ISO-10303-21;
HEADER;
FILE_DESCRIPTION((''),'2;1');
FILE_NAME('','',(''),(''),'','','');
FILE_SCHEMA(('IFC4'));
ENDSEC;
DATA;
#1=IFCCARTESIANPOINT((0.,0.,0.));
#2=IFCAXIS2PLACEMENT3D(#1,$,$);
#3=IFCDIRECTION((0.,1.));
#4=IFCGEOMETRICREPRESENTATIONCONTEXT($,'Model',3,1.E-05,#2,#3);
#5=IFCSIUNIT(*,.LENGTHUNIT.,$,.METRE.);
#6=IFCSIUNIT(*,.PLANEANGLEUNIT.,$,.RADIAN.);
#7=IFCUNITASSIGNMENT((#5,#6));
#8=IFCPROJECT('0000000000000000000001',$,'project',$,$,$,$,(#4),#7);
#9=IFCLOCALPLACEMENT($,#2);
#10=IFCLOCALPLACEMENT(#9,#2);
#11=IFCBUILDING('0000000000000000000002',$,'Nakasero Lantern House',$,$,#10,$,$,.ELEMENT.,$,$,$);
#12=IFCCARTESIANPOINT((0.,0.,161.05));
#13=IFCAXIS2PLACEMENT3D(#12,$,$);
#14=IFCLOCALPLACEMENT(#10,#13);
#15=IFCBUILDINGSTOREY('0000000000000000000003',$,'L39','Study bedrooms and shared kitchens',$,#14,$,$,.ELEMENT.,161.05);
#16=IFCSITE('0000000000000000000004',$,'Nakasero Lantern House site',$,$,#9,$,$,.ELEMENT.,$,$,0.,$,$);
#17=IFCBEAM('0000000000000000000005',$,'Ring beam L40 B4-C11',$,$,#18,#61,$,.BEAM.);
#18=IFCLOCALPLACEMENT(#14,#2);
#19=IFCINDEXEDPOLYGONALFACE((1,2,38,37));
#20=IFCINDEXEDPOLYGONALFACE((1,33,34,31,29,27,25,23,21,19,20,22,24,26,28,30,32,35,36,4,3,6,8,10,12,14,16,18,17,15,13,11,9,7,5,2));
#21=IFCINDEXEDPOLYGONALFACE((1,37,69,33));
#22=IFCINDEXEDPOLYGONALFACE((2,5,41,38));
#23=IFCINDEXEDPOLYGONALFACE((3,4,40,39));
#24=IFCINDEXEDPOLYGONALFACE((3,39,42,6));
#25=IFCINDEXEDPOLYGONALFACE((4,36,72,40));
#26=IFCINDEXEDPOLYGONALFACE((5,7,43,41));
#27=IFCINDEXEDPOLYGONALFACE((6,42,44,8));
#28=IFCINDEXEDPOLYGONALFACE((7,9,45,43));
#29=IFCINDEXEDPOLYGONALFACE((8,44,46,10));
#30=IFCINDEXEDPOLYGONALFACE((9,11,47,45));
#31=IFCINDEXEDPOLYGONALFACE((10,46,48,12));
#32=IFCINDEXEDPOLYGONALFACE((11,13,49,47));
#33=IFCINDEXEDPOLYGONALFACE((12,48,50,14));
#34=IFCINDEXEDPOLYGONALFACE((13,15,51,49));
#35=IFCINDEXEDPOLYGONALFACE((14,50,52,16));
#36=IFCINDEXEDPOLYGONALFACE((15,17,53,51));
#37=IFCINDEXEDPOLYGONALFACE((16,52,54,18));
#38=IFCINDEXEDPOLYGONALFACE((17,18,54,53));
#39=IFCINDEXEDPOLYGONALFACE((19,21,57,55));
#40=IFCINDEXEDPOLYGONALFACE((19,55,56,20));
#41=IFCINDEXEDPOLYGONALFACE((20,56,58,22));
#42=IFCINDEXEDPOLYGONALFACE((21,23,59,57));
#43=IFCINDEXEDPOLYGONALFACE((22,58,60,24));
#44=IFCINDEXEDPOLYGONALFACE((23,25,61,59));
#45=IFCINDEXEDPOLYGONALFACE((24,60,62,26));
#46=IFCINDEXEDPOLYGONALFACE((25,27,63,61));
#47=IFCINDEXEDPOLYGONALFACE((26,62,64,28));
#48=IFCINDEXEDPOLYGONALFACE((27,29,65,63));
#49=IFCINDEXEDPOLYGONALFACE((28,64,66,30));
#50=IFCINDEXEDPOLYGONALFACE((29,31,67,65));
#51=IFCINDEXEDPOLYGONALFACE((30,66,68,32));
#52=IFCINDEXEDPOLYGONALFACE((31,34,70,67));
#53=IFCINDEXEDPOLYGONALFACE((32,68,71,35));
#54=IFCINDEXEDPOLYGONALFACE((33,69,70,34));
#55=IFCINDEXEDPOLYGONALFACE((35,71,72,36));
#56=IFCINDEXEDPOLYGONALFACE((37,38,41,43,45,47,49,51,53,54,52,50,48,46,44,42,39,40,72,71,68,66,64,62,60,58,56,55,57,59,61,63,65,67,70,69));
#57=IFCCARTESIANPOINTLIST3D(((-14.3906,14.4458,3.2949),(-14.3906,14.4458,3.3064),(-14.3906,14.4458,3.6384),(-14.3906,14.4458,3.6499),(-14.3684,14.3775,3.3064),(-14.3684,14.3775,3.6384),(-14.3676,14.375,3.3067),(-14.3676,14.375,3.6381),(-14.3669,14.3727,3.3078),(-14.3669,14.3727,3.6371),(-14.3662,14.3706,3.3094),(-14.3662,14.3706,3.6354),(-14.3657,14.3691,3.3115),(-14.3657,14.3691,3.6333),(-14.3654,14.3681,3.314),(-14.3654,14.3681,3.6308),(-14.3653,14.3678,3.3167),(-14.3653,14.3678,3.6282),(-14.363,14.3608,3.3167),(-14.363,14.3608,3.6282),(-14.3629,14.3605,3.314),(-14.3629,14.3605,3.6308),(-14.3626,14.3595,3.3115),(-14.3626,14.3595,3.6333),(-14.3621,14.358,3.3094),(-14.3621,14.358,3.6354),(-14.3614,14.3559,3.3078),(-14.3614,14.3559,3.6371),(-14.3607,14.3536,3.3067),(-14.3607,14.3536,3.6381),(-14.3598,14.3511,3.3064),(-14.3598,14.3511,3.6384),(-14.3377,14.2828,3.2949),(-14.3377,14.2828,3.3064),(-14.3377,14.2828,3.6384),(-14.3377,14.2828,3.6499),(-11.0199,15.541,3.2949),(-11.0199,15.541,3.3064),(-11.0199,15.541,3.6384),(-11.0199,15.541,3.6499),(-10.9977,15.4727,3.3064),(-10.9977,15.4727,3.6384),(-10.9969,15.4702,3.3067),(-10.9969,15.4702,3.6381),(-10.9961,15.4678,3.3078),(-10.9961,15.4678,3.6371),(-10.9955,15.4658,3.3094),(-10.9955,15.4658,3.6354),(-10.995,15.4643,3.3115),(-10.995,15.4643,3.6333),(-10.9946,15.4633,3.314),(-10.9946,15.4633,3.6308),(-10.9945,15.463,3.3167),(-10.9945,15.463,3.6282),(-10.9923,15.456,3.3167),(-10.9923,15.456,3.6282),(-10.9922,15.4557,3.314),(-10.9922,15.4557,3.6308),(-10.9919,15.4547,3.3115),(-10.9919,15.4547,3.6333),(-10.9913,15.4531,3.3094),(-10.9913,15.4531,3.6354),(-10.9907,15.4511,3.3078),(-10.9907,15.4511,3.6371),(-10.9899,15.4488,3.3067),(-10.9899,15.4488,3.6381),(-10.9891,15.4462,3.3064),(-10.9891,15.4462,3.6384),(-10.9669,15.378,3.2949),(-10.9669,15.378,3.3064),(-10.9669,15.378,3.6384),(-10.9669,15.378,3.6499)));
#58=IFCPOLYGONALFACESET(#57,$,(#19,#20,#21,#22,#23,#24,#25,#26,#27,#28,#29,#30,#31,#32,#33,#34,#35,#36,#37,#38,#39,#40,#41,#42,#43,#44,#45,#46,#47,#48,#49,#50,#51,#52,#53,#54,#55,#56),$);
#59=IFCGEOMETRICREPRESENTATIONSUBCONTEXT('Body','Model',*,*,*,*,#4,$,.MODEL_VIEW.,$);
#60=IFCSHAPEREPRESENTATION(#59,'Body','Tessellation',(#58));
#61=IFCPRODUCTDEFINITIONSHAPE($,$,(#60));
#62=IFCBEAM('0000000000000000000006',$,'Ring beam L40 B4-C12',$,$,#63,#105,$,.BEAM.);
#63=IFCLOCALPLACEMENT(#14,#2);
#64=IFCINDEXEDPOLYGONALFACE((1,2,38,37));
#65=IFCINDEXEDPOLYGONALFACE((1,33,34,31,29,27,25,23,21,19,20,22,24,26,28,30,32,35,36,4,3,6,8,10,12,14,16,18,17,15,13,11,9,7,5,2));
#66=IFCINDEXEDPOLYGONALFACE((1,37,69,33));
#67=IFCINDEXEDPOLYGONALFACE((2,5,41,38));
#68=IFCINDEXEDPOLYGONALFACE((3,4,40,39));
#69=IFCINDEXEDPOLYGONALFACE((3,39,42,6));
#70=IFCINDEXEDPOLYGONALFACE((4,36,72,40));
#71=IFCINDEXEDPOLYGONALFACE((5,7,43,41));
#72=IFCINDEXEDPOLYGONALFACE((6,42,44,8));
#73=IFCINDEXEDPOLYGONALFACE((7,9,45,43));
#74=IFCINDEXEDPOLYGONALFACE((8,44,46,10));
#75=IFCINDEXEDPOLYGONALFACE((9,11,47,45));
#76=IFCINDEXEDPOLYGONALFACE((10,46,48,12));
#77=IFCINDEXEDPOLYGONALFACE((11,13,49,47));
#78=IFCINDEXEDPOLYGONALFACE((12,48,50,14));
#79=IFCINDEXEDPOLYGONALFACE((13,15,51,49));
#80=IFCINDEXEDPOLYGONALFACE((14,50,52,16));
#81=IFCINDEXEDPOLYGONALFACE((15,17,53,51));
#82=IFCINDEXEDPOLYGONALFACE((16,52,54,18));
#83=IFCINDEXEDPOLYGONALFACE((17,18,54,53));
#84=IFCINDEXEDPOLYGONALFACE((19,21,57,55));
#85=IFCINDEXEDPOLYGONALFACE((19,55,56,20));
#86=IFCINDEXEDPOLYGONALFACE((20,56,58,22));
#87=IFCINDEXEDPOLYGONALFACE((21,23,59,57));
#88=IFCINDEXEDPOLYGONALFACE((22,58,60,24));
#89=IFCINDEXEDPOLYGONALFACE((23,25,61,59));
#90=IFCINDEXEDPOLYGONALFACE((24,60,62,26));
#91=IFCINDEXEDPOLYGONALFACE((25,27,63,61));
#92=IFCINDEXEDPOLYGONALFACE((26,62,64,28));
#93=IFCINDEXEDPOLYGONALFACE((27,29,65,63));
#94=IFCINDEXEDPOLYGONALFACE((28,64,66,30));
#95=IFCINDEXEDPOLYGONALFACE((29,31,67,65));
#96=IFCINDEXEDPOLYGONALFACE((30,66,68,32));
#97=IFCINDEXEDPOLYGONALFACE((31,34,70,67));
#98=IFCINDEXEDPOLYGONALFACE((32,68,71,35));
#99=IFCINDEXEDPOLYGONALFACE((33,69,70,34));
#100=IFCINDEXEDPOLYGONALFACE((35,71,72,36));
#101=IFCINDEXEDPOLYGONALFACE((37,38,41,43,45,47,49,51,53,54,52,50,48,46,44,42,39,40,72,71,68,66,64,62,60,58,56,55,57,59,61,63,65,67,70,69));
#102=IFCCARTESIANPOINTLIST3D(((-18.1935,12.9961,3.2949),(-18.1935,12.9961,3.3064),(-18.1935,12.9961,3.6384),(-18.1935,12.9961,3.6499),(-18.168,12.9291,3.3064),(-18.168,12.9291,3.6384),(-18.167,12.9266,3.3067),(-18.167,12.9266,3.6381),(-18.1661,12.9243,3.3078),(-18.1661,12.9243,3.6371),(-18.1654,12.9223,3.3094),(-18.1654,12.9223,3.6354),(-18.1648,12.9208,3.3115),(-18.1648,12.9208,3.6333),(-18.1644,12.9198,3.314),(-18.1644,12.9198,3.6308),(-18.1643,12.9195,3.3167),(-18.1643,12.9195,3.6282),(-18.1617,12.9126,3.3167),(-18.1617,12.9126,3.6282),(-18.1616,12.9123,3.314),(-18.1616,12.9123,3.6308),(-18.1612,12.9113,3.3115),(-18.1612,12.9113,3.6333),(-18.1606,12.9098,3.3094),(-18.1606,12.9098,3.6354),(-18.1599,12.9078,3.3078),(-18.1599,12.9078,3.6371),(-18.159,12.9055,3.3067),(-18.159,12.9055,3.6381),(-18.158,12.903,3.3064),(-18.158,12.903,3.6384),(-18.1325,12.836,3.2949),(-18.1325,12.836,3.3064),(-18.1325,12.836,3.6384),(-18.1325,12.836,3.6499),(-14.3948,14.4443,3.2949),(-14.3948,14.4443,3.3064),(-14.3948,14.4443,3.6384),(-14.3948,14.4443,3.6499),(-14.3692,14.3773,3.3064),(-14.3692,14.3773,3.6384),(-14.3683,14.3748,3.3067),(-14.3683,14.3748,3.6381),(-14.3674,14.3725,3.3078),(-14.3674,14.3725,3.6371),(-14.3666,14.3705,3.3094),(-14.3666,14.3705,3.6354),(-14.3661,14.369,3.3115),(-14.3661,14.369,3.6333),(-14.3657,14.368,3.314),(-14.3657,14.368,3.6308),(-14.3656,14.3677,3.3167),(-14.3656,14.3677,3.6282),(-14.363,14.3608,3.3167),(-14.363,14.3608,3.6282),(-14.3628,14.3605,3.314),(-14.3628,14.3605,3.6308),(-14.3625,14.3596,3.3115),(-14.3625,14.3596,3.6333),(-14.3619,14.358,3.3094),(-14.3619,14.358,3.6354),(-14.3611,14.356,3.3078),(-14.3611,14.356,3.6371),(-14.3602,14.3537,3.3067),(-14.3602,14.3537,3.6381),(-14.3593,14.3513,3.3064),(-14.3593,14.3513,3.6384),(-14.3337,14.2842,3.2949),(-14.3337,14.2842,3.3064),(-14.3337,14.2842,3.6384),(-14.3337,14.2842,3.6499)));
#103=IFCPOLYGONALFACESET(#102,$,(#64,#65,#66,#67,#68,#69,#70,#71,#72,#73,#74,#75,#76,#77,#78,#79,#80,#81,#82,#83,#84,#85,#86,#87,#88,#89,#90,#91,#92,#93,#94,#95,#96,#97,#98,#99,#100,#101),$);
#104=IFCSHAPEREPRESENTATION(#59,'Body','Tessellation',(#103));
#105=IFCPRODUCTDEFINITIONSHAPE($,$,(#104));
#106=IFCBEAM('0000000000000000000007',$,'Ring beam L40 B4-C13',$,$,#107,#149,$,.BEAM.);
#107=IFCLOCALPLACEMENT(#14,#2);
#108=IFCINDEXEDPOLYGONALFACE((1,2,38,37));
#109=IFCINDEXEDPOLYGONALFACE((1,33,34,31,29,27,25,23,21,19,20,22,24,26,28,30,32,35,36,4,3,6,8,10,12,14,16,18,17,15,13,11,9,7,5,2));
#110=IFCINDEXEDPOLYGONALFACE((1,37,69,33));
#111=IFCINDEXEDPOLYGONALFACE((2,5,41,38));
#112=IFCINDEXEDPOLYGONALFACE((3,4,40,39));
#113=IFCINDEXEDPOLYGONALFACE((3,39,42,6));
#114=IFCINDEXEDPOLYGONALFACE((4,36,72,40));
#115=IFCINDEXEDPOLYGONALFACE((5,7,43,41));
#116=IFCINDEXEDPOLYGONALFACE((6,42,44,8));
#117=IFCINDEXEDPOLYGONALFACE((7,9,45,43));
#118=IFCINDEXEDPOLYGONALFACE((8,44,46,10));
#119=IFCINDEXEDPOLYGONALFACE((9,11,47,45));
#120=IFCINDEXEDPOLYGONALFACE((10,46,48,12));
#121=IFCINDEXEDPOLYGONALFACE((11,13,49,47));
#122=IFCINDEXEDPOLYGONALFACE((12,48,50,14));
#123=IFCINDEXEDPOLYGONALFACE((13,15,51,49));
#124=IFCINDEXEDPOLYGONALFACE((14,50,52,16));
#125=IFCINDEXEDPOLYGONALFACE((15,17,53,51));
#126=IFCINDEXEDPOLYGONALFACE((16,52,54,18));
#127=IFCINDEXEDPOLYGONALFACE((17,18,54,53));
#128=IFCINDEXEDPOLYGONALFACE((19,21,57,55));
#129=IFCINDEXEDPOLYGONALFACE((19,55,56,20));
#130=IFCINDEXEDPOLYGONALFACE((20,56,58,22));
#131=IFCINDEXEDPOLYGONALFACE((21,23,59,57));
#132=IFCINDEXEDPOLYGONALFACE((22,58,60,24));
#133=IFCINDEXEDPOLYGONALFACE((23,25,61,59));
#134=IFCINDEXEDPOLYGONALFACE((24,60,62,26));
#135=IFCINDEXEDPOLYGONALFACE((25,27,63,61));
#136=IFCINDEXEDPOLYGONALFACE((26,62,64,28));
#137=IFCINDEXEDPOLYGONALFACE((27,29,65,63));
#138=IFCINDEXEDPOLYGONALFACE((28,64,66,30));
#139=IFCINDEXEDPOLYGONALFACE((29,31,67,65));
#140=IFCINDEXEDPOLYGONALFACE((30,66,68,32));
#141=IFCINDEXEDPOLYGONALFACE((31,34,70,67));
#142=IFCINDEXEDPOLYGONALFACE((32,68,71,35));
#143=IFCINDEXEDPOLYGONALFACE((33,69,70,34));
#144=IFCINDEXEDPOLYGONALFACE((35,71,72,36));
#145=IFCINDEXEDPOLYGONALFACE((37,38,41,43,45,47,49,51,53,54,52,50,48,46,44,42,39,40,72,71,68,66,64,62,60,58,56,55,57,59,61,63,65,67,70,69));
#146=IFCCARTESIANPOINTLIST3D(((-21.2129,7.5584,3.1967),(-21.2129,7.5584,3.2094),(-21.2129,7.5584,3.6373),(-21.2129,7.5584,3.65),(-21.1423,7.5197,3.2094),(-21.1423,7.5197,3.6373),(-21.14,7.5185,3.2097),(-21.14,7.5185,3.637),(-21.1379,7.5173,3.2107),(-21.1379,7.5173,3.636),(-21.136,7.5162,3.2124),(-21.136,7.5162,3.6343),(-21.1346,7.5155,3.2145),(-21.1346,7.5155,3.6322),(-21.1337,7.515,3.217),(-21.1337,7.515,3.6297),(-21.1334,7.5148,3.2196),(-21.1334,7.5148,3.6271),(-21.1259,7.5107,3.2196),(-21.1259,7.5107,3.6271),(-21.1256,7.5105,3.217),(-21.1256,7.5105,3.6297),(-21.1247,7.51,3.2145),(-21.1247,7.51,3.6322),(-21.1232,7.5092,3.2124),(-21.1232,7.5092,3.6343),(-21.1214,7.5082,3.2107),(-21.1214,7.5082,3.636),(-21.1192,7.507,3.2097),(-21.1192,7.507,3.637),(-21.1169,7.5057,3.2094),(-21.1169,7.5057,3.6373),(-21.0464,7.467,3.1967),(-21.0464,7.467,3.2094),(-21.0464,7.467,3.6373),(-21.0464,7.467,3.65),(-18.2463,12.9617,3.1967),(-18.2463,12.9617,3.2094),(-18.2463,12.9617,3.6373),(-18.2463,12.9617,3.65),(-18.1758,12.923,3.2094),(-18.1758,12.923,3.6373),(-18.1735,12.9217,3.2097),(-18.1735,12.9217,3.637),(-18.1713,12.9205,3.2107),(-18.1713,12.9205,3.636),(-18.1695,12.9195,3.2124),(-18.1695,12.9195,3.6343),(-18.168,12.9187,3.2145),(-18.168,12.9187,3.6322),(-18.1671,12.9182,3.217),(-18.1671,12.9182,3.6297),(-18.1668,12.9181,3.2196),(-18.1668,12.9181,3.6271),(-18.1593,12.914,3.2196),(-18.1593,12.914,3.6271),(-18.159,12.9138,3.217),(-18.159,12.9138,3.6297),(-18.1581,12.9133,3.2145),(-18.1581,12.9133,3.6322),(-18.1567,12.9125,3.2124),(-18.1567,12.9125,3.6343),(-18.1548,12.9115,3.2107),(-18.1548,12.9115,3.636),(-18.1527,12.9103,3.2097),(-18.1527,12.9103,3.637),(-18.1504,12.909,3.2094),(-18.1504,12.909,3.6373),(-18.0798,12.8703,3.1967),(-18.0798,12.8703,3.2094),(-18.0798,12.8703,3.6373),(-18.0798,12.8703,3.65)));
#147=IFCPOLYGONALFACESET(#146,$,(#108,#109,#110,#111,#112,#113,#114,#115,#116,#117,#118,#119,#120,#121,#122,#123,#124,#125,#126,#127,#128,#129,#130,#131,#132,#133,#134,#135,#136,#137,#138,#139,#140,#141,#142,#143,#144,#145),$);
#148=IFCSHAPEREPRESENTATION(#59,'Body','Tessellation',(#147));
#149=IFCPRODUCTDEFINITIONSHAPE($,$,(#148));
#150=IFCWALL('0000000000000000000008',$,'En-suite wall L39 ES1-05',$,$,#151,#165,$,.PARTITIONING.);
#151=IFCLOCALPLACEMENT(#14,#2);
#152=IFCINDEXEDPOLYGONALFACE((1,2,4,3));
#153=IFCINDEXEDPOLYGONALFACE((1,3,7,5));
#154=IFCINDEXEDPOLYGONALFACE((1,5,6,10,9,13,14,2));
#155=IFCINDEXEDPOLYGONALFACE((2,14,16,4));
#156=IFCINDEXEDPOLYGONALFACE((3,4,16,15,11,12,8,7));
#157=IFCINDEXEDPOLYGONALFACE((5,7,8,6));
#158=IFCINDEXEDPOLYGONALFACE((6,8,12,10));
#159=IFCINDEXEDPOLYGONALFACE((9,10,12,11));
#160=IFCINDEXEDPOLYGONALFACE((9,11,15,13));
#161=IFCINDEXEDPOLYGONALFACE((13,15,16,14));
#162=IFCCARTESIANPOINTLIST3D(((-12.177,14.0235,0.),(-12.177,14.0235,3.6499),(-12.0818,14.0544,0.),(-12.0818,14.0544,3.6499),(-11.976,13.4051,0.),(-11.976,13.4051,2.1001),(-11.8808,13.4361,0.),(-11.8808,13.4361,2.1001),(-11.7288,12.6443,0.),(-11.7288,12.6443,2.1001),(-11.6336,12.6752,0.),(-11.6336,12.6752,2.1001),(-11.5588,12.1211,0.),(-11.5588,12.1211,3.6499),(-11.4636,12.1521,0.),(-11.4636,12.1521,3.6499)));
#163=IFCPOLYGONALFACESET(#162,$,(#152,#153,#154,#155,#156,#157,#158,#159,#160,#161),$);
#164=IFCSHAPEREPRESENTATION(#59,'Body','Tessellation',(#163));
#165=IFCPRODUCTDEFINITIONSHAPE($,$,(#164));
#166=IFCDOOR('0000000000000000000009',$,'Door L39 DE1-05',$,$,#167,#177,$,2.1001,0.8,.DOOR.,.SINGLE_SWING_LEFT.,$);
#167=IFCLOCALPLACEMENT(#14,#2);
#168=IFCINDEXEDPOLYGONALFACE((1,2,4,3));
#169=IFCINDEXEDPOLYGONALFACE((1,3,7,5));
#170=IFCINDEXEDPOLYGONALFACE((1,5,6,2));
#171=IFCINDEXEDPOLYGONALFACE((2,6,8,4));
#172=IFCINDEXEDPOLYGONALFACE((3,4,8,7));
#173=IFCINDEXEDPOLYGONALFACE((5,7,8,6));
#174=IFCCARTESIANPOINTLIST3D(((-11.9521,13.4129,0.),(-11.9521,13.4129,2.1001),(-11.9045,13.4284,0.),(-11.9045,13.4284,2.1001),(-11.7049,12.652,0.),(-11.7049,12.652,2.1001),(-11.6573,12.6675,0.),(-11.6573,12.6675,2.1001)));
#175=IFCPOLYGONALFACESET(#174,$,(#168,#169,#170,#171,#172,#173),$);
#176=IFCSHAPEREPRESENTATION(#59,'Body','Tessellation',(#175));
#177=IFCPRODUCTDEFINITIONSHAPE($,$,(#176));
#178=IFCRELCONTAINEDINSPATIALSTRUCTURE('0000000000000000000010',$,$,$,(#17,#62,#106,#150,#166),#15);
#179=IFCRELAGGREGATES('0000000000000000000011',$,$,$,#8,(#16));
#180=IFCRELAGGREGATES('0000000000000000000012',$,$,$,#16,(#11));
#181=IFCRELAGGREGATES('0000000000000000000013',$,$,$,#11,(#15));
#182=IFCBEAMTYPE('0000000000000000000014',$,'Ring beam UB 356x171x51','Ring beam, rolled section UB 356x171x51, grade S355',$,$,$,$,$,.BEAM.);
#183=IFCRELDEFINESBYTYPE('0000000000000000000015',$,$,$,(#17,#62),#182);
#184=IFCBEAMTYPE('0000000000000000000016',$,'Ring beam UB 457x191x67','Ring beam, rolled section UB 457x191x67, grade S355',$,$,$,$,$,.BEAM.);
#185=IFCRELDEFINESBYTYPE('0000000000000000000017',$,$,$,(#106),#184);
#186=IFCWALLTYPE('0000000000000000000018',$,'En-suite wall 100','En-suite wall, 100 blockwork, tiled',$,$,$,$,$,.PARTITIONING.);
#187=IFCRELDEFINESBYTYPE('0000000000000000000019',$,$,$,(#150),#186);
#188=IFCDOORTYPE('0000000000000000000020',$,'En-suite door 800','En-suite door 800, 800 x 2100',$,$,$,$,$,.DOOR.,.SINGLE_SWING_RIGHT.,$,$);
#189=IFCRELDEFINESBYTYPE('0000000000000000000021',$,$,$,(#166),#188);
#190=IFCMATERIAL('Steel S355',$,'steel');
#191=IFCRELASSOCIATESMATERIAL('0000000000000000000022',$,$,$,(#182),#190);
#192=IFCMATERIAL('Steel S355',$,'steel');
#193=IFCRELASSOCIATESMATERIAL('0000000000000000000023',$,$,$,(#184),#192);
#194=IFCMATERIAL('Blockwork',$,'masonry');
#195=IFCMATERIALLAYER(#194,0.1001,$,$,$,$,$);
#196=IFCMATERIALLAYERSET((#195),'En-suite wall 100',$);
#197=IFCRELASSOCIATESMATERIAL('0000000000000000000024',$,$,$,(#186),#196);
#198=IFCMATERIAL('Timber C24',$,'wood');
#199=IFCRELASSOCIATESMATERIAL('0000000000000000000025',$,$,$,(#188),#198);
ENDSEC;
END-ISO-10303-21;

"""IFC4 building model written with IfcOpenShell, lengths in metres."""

from ifc_helpers import new_model, si_unit, direction, frame, frame_2d, origin, origin_2d, place, context, subcontext, project, spatial, rectangle, i_section, extrude, material, layer, layer_set, material_profile, profile_set, type_object, element, fill, save


model = new_model("IFC4")

# Units and contexts
model_context = context("Model", 3, precision=1e-05, world=origin(), true_north=direction((0.0, 1.0)))
body_context = subcontext(model_context, "Body", "Model", "MODEL_VIEW")
ifc_project = project(units=[si_unit("LENGTHUNIT", "METRE"), si_unit("PLANEANGLEUNIT", "RADIAN")], contexts=[model_context])

# Site, building, storey
site_placement = place(None, origin())
site = spatial("IfcSite", under=ifc_project, at=site_placement, Name="Nakasero Lantern House site", CompositionType="ELEMENT", RefElevation=0.0)
building_placement = place(site_placement, origin())
building = spatial("IfcBuilding", under=site, at=building_placement, Name="Nakasero Lantern House", CompositionType="ELEMENT")
storey_placement = place(building_placement, frame((0.0, 0.0, 161.05)))
storey = spatial("IfcBuildingStorey", under=building, at=storey_placement, Name="L39", Description="Study bedrooms and shared kitchens", CompositionType="ELEMENT", Elevation=161.05)

# Beams
ifc_material_1 = material(Name="Steel S355", Category="steel")
ifc_material_profile_1 = material_profile(ifc_material_1, i_section(OverallWidth=0.1714, OverallDepth=0.355, WebThickness=0.0073, FlangeThickness=0.0115, FilletRadius=0.0103, at=origin_2d()), Name="UB 356x171x51")
ifc_profile_set_1 = profile_set([ifc_material_profile_1], Name="Steel S355")
beam_type_1 = type_object("IfcBeamType", Name="Ring beam UB 356x171x51", Description="Ring beam, rolled section UB 356x171x51, grade S355", PredefinedType="BEAM", material=ifc_profile_set_1)
beam_1_placement = place(storey_placement, frame((-10.9934, 15.4595, 3.4724), z_axis=(-0.95106, -0.309007, 0.0), x_axis=(0.309007, -0.95106, 0.0)))
element("IfcBeam", 1, at=beam_1_placement, inside=storey, type_object=beam_type_1, Name="Ring beam L40 B4-C11", PredefinedType="BEAM", context=body_context, shape_type="SweptSolid", body=[
    extrude(i_section(OverallWidth=0.1714, OverallDepth=0.355, WebThickness=0.0073, FlangeThickness=0.0115, FilletRadius=0.0103, at=origin_2d()), origin(), (0.0, 0.0, 1.0), 3.5442),
])
beam_2_placement = place(storey_placement, frame((-14.3643, 14.3643, 3.4724), z_axis=(-0.9344, -0.356225, 0.0), x_axis=(0.356225, -0.9344, 0.0)))
element("IfcBeam", 2, at=beam_2_placement, inside=storey, type_object=beam_type_1, Name="Ring beam L40 B4-C12", PredefinedType="BEAM", context=body_context, shape_type="SweptSolid", body=[
    extrude(i_section(OverallWidth=0.1714, OverallDepth=0.355, WebThickness=0.0073, FlangeThickness=0.0115, FilletRadius=0.0103, at=origin_2d()), origin(), (0.0, 0.0, 1.0), 4.0654),
])
ifc_material_2 = material(Name="Steel S355", Category="steel")
ifc_material_profile_2 = material_profile(ifc_material_2, i_section(OverallWidth=0.1899, OverallDepth=0.4534, WebThickness=0.0085, FlangeThickness=0.0127, FilletRadius=0.0103, at=origin_2d()), Name="UB 457x191x67")
ifc_profile_set_2 = profile_set([ifc_material_profile_2], Name="Steel S355")
beam_type_2 = type_object("IfcBeamType", Name="Ring beam UB 457x191x67", Description="Ring beam, rolled section UB 457x191x67, grade S355", PredefinedType="BEAM", material=ifc_profile_set_2)
beam_3_placement = place(storey_placement, frame((-18.1631, 12.916, 3.4233), z_axis=(-0.481262, -0.876577, 0.0), x_axis=(0.876577, -0.481262, 0.0)))
element("IfcBeam", 3, at=beam_3_placement, inside=storey, type_object=beam_type_2, Name="Ring beam L40 B4-C13", PredefinedType="BEAM", context=body_context, shape_type="SweptSolid", body=[
    extrude(i_section(OverallWidth=0.1899, OverallDepth=0.4534, WebThickness=0.0085, FlangeThickness=0.0127, FilletRadius=0.0103, at=origin_2d()), origin(), (0.0, 0.0, 1.0), 6.1641),
])

# Wall, opening, door
ifc_material_3 = material(Name="Blockwork", Category="masonry")
ifc_layer_1 = layer(ifc_material_3, 0.1001)
ifc_layer_set_1 = layer_set([ifc_layer_1], Name="En-suite wall 100")
wall_type_1 = type_object("IfcWallType", Name="En-suite wall 100", Description="En-suite wall, 100 blockwork, tiled", PredefinedType="PARTITIONING", material=ifc_layer_set_1)
wall_1_placement = place(storey_placement, frame((-11.5112, 12.1367, 0.0), z_axis=(0.0, 0.0, 1.0), x_axis=(-0.309042, 0.951048, 0.0)))
wall_1 = element("IfcWall", 4, at=wall_1_placement, inside=storey, type_object=wall_type_1, Name="En-suite wall L39 ES1-05", PredefinedType="PARTITIONING", context=body_context, shape_type="SweptSolid", body=[
    extrude(rectangle(XDim=2.0002, YDim=0.1001, at=frame_2d((1.0, 0.0))), origin(), (0.0, 0.0, 1.0), 3.6499),
])
opening_1_placement = place(wall_1_placement, frame((0.55, 0.0, 0.0)))
opening_1 = element("IfcOpeningElement", 5, at=opening_1_placement, cuts=wall_1, PredefinedType="OPENING", context=body_context, shape_type="SweptSolid", body=[
    extrude(rectangle(XDim=0.8, YDim=2.1001, at=frame_2d((0.3999, 1.05))), frame((0.0, 0.0701, 0.0), z_axis=(0.0, -1.0, 0.0), x_axis=(1.0, 0.0, 0.0)), (0.0, 0.0, 1.0), 0.1401),
])
ifc_material_4 = material(Name="Timber C24", Category="wood")
door_type_1 = type_object("IfcDoorType", Name="En-suite door 800", Description="En-suite door 800, 800 x 2100", OperationType="SINGLE_SWING_RIGHT", PredefinedType="DOOR", material=ifc_material_4)
door_1_placement = place(opening_1_placement, origin())
door_1 = element("IfcDoor", 6, at=door_1_placement, inside=storey, type_object=door_type_1, Name="Door L39 DE1-05", OperationType="SINGLE_SWING_LEFT", OverallHeight=2.1001, OverallWidth=0.8, PredefinedType="DOOR", context=body_context, shape_type="SweptSolid", body=[
    extrude(rectangle(XDim=0.8, YDim=2.1001, at=frame_2d((0.3999, 1.05))), frame((0.0, 0.0249, 0.0), z_axis=(0.0, -1.0, 0.0), x_axis=(1.0, 0.0, 0.0)), (0.0, 0.0, 1.0), 0.05),
])
fill(opening_1, door_1)

save(model, "model.ifc")
